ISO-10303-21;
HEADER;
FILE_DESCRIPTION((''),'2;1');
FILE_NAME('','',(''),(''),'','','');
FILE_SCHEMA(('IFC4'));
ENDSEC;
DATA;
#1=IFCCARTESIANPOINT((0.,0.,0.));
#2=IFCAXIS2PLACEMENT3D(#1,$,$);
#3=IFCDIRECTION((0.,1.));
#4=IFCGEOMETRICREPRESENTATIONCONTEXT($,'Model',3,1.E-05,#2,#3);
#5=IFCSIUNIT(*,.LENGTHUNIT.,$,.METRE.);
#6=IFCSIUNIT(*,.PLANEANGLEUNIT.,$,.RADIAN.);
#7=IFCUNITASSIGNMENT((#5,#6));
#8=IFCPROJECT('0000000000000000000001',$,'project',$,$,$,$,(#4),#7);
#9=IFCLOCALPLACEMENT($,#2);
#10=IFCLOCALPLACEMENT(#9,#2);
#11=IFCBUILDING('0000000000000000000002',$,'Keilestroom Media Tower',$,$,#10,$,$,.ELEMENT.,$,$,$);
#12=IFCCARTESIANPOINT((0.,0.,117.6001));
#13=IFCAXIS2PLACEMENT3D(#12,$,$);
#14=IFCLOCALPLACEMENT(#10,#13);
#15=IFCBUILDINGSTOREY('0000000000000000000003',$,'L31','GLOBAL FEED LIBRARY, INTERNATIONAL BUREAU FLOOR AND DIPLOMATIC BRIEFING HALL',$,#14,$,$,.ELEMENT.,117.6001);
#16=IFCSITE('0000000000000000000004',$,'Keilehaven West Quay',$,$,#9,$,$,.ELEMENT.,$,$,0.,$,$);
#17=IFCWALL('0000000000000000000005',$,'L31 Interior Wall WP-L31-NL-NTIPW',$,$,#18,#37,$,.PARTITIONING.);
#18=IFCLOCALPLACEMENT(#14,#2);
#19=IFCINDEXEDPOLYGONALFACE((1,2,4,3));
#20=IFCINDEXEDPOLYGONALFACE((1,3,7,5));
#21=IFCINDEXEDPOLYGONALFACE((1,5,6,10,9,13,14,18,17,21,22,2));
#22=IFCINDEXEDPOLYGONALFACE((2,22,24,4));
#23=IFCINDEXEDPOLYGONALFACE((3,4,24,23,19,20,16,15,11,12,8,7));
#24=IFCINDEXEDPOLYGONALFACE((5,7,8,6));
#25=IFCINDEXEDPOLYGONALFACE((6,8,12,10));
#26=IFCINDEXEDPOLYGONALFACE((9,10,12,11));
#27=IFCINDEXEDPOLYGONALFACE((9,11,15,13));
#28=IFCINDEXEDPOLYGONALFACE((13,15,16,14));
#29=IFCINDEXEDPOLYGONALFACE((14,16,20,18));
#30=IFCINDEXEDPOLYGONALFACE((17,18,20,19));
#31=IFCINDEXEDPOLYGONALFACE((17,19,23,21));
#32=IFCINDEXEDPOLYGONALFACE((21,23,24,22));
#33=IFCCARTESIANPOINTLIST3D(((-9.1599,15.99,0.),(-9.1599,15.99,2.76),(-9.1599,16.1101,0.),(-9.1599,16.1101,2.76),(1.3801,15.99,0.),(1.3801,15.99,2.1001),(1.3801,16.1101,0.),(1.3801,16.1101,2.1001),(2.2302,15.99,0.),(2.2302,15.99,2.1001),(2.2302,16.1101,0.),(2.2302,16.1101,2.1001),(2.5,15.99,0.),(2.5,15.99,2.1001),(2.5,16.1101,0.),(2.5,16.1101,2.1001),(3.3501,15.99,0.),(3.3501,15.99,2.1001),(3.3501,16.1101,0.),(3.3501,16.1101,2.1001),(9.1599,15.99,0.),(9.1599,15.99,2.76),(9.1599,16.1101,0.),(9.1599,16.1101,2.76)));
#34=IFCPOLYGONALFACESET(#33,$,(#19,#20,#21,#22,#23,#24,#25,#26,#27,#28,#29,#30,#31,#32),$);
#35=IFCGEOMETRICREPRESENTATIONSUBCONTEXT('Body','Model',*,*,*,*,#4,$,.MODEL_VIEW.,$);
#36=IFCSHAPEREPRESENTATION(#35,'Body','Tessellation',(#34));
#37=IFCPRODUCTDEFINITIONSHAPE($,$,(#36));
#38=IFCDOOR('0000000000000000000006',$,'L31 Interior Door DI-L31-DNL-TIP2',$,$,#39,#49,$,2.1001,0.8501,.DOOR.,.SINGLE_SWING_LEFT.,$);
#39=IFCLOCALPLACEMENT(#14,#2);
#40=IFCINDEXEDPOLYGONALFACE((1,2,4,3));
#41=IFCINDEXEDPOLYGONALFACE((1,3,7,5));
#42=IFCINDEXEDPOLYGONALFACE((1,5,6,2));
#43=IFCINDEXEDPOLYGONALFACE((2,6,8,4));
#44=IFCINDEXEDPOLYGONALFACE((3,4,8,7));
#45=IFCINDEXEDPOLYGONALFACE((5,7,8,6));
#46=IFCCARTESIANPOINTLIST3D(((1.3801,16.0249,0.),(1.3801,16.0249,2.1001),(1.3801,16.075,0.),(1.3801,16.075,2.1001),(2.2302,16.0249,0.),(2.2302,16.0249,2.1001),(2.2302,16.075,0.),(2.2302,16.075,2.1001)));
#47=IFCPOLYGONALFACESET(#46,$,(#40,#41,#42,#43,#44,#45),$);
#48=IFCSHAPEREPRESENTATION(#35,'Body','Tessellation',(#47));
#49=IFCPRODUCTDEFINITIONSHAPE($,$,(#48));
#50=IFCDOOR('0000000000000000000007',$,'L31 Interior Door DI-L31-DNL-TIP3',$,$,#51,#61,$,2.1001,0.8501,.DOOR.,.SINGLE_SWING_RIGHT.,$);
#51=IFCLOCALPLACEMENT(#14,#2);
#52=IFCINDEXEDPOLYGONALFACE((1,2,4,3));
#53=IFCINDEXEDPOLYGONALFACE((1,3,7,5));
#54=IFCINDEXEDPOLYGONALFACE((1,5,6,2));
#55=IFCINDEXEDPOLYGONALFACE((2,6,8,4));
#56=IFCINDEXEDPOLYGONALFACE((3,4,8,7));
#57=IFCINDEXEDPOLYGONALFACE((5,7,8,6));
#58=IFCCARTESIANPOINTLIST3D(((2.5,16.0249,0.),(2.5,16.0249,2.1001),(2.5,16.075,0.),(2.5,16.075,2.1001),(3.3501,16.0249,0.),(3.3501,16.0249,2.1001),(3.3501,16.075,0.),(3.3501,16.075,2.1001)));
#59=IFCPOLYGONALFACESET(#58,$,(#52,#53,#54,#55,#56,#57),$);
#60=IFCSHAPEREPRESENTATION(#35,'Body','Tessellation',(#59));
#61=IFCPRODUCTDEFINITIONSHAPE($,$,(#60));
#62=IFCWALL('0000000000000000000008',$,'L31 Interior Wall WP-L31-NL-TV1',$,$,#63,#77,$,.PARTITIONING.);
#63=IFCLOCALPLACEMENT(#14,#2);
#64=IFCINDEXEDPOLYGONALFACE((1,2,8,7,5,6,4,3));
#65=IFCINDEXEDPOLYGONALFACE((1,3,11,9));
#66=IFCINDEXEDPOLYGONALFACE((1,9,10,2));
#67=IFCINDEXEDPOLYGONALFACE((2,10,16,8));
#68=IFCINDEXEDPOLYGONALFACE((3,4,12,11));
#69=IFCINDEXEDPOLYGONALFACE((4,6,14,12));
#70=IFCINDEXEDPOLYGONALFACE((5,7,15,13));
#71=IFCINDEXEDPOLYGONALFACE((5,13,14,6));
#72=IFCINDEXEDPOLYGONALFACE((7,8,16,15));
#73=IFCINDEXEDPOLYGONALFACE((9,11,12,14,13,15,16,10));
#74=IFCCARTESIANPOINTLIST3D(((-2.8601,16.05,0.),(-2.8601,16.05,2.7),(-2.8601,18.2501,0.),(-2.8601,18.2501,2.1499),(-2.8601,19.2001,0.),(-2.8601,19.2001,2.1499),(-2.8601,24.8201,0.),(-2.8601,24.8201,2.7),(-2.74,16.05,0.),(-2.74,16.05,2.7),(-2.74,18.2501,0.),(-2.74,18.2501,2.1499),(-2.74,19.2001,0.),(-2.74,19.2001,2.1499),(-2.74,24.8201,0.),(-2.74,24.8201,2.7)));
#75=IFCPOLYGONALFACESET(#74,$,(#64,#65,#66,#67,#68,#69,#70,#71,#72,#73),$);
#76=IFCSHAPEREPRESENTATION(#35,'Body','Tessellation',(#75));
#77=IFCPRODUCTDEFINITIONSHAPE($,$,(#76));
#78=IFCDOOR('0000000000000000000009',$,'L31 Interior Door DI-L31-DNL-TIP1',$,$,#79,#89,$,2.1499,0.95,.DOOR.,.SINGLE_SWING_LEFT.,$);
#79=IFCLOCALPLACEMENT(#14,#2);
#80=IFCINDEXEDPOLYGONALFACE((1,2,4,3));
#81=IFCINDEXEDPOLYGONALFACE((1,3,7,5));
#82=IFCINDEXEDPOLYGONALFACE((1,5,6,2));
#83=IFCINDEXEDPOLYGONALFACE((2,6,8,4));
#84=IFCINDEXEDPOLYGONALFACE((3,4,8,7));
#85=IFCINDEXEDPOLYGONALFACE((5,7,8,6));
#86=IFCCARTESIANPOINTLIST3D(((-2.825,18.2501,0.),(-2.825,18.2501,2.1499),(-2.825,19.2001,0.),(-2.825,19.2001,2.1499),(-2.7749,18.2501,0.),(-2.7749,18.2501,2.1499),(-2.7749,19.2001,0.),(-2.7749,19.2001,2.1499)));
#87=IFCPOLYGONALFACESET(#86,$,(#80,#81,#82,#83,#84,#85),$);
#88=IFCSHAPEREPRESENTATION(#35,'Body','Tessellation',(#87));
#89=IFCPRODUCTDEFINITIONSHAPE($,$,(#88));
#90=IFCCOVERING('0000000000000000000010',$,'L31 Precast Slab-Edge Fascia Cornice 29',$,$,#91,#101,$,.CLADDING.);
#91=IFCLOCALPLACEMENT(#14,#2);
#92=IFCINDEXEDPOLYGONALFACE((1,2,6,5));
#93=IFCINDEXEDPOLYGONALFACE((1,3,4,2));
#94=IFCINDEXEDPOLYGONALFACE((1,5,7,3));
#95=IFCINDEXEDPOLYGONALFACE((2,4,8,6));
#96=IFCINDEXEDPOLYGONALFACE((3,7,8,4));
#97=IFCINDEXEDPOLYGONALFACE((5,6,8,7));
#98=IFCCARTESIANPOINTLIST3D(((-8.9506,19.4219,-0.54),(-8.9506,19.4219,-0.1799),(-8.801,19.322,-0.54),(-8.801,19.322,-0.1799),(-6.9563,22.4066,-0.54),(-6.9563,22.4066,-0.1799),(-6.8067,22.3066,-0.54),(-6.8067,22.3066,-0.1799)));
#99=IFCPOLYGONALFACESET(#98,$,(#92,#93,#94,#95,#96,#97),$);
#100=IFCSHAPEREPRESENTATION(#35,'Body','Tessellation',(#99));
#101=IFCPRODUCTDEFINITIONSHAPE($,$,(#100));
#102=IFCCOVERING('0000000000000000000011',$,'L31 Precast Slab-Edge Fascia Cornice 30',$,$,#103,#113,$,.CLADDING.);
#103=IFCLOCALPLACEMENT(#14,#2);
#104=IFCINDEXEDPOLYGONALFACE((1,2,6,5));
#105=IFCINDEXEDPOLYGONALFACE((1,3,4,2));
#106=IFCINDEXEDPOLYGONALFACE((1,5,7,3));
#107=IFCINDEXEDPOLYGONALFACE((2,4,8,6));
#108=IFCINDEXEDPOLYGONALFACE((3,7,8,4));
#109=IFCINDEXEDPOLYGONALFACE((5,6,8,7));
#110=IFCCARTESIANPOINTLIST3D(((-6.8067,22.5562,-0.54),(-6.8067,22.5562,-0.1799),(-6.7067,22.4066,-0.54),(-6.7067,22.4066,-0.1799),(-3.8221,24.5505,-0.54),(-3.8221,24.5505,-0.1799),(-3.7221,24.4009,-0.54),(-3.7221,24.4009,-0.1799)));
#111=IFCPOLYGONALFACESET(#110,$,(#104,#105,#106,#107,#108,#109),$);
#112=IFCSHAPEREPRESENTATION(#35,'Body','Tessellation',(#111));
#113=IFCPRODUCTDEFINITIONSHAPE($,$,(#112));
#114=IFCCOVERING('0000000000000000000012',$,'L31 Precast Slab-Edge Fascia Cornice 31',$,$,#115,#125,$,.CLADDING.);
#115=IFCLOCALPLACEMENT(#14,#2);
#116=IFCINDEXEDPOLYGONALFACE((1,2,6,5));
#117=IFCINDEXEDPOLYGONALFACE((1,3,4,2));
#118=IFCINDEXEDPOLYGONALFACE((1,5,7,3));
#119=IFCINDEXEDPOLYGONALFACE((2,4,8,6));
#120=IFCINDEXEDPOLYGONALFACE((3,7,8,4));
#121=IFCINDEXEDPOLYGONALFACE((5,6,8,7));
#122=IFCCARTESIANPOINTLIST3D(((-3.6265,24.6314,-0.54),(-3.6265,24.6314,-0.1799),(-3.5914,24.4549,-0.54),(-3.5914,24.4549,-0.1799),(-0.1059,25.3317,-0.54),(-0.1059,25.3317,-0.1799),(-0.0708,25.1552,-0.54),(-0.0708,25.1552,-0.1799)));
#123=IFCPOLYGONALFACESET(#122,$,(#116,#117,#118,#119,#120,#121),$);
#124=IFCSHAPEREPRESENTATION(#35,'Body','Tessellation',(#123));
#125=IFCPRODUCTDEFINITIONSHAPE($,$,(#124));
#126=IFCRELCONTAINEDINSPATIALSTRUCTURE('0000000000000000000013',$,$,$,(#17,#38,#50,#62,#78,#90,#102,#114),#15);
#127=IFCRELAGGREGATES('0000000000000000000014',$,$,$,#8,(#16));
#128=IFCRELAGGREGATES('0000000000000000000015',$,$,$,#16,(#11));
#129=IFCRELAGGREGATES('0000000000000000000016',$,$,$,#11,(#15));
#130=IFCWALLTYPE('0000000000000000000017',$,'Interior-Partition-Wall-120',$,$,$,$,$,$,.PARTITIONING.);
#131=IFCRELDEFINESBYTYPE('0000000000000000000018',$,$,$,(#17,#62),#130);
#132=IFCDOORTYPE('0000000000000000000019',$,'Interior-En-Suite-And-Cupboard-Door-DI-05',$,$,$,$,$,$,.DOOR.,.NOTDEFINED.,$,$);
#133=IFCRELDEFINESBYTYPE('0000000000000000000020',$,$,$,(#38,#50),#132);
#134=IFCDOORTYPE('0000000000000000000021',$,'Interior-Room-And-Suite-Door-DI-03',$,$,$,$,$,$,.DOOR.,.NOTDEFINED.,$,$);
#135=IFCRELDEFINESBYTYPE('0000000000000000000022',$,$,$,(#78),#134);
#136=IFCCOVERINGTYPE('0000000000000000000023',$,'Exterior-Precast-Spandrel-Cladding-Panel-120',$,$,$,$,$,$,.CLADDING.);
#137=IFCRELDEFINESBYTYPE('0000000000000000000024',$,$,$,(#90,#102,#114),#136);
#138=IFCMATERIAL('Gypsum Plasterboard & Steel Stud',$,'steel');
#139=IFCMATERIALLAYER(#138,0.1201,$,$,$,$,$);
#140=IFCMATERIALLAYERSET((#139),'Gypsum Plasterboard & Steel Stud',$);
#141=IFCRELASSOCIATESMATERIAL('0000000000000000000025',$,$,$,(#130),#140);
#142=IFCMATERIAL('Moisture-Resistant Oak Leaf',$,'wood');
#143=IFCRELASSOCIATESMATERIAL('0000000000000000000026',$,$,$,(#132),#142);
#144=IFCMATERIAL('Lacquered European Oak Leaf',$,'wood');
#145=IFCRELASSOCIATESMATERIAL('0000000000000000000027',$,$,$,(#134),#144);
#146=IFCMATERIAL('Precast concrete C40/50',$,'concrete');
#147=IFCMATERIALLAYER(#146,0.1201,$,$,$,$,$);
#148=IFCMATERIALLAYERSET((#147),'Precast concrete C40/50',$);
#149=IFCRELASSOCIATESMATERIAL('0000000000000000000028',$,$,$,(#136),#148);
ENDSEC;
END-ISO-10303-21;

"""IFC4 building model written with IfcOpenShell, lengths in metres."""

from ifc_helpers import new_model, si_unit, direction, frame, frame_2d, origin, origin_2d, place, context, subcontext, project, spatial, rectangle, extrude, source, transform, mapped, material, layer, layer_set, type_object, element, fill, save


model = new_model("IFC4")

# Units and contexts
model_context = context("Model", 3, precision=1e-05, world=origin(), true_north=direction((0.0, 1.0)))
body_context = subcontext(model_context, "Body", "Model", "MODEL_VIEW")
ifc_project = project(units=[si_unit("LENGTHUNIT", "METRE"), si_unit("PLANEANGLEUNIT", "RADIAN")], contexts=[model_context])

# Site, building, storey
site_placement = place(None, origin())
site = spatial("IfcSite", under=ifc_project, at=site_placement, Name="Keilehaven West Quay", CompositionType="ELEMENT", RefElevation=0.0)
building_placement = place(site_placement, origin())
building = spatial("IfcBuilding", under=site, at=building_placement, Name="Keilestroom Media Tower", CompositionType="ELEMENT")
storey_placement = place(building_placement, frame((0.0, 0.0, 117.6001)))
storey = spatial("IfcBuildingStorey", under=building, at=storey_placement, Name="L31", Description="GLOBAL FEED LIBRARY, INTERNATIONAL BUREAU FLOOR AND DIPLOMATIC BRIEFING HALL", CompositionType="ELEMENT", Elevation=117.6001)

# Shared definitions
ifc_material_1 = material(Name="Precast concrete C40/50", Category="concrete")

# Wall, openings, doors
ifc_material_2 = material(Name="Gypsum Plasterboard & Steel Stud", Category="steel")
ifc_layer_1 = layer(ifc_material_2, 0.1201)
ifc_layer_set_1 = layer_set([ifc_layer_1], Name="Gypsum Plasterboard & Steel Stud")
wall_type_1 = type_object("IfcWallType", Name="Interior-Partition-Wall-120", PredefinedType="PARTITIONING", material=ifc_layer_set_1)
wall_1_placement = place(storey_placement, frame((-9.1599, 16.05, 0.0), z_axis=(0.0, 0.0, 1.0), x_axis=(1.0, 0.0, 0.0)))
wall_1 = element("IfcWall", 1, at=wall_1_placement, inside=storey, type_object=wall_type_1, Name="L31 Interior Wall WP-L31-NL-NTIPW", PredefinedType="PARTITIONING", context=body_context, shape_type="SweptSolid", body=[
    extrude(rectangle(XDim=18.3198, YDim=0.1201, at=frame_2d((9.1599, 0.0))), origin(), (0.0, 0.0, 1.0), 2.76),
])
opening_1_placement = place(wall_1_placement, frame((10.54, 0.0, 0.0)))
opening_1 = element("IfcOpeningElement", 2, at=opening_1_placement, cuts=wall_1, PredefinedType="OPENING", context=body_context, shape_type="SweptSolid", body=[
    extrude(rectangle(XDim=0.8501, YDim=2.1001, at=frame_2d((0.425, 1.05))), frame((0.0, 0.0701, 0.0), z_axis=(0.0, -1.0, 0.0), x_axis=(1.0, 0.0, 0.0)), (0.0, 0.0, 1.0), 0.1401),
])
opening_2_placement = place(wall_1_placement, frame((11.6599, 0.0, 0.0)))
opening_2 = element("IfcOpeningElement", 3, at=opening_2_placement, cuts=wall_1, PredefinedType="OPENING", context=body_context, shape_type="SweptSolid", body=[
    extrude(rectangle(XDim=0.8501, YDim=2.1001, at=frame_2d((0.425, 1.05))), frame((0.0, 0.0701, 0.0), z_axis=(0.0, -1.0, 0.0), x_axis=(1.0, 0.0, 0.0)), (0.0, 0.0, 1.0), 0.1401),
])
ifc_material_3 = material(Name="Moisture-Resistant Oak Leaf", Category="wood")
door_type_1 = type_object("IfcDoorType", Name="Interior-En-Suite-And-Cupboard-Door-DI-05", OperationType="NOTDEFINED", PredefinedType="DOOR", material=ifc_material_3)
shared_shape_1 = source(origin(), body_context, "Body", "SweptSolid", [
    extrude(rectangle(XDim=0.8501, YDim=2.1001, at=frame_2d((0.425, 1.05))), frame((0.0, 0.0249, 0.0), z_axis=(0.0, -1.0, 0.0), x_axis=(1.0, 0.0, 0.0)), (0.0, 0.0, 1.0), 0.05),
])
door_1_placement = place(opening_1_placement, origin())
door_1 = element("IfcDoor", 4, at=door_1_placement, inside=storey, type_object=door_type_1, Name="L31 Interior Door DI-L31-DNL-TIP2", OperationType="SINGLE_SWING_LEFT", OverallHeight=2.1001, OverallWidth=0.8501, PredefinedType="DOOR", context=body_context, shape_type="MappedRepresentation", body=[
    mapped(shared_shape_1, transform((0.0, 0.0, 0.0), x_axis=(1.0, 0.0, 0.0), y_axis=(0.0, 1.0, 0.0), z_axis=(0.0, 0.0, 1.0), scale=1.0)),
])
fill(opening_1, door_1)
door_2_placement = place(opening_2_placement, origin())
door_2 = element("IfcDoor", 5, at=door_2_placement, inside=storey, type_object=door_type_1, Name="L31 Interior Door DI-L31-DNL-TIP3", OperationType="SINGLE_SWING_RIGHT", OverallHeight=2.1001, OverallWidth=0.8501, PredefinedType="DOOR", context=body_context, shape_type="MappedRepresentation", body=[
    mapped(shared_shape_1, transform((0.0, 0.0, 0.0), x_axis=(1.0, 0.0, 0.0), y_axis=(0.0, 1.0, 0.0), z_axis=(0.0, 0.0, 1.0), scale=1.0)),
])
fill(opening_2, door_2)

# Wall, opening, door
wall_2_placement = place(storey_placement, frame((-2.8, 16.05, 0.0), z_axis=(0.0, 0.0, 1.0), x_axis=(0.0, 1.0, 0.0)))
wall_2 = element("IfcWall", 6, at=wall_2_placement, inside=storey, type_object=wall_type_1, Name="L31 Interior Wall WP-L31-NL-TV1", PredefinedType="PARTITIONING", context=body_context, shape_type="SweptSolid", body=[
    extrude(rectangle(XDim=8.77, YDim=0.1201, at=frame_2d((4.385, 0.0))), origin(), (0.0, 0.0, 1.0), 2.7),
])
opening_3_placement = place(wall_2_placement, frame((2.2, 0.0, 0.0)))
opening_3 = element("IfcOpeningElement", 7, at=opening_3_placement, cuts=wall_2, PredefinedType="OPENING", context=body_context, shape_type="SweptSolid", body=[
    extrude(rectangle(XDim=0.95, YDim=2.1499, at=frame_2d((0.4751, 1.075))), frame((0.0, 0.0701, 0.0), z_axis=(0.0, -1.0, 0.0), x_axis=(1.0, 0.0, 0.0)), (0.0, 0.0, 1.0), 0.1401),
])
ifc_material_4 = material(Name="Lacquered European Oak Leaf", Category="wood")
door_type_2 = type_object("IfcDoorType", Name="Interior-Room-And-Suite-Door-DI-03", OperationType="NOTDEFINED", PredefinedType="DOOR", material=ifc_material_4)
shared_shape_2 = source(origin(), body_context, "Body", "SweptSolid", [
    extrude(rectangle(XDim=0.95, YDim=2.1499, at=frame_2d((0.4751, 1.075))), frame((0.0, 0.0249, 0.0), z_axis=(0.0, -1.0, 0.0), x_axis=(1.0, 0.0, 0.0)), (0.0, 0.0, 1.0), 0.05),
])
door_3_placement = place(opening_3_placement, origin())
door_3 = element("IfcDoor", 8, at=door_3_placement, inside=storey, type_object=door_type_2, Name="L31 Interior Door DI-L31-DNL-TIP1", OperationType="SINGLE_SWING_LEFT", OverallHeight=2.1499, OverallWidth=0.95, PredefinedType="DOOR", context=body_context, shape_type="MappedRepresentation", body=[
    mapped(shared_shape_2, transform((0.0, 0.0, 0.0), x_axis=(1.0, 0.0, 0.0), y_axis=(0.0, 1.0, 0.0), z_axis=(0.0, 0.0, 1.0), scale=1.0)),
])
fill(opening_3, door_3)

# Coverings
ifc_layer_2 = layer(ifc_material_1, 0.1201)
ifc_layer_set_2 = layer_set([ifc_layer_2], Name="Precast concrete C40/50")
covering_type = type_object("IfcCoveringType", Name="Exterior-Precast-Spandrel-Cladding-Panel-120", PredefinedType="CLADDING", material=ifc_layer_set_2)
shared_shape_3 = source(origin(), body_context, "Body", "SweptSolid", [
    extrude(rectangle(XDim=3.5896, YDim=0.1799, at=origin_2d()), origin(), (0.0, 0.0, 1.0), 0.3601),
])
for number, where, z_axis, x_axis, name in (
    (9, (-7.8787, 20.8643, -0.54), (0.0, 0.0, 1.0), (0.555575, 0.831467, 0.0), "L31 Precast Slab-Edge Fascia Cornice 29"),
    (10, (-5.2644, 23.4785, -0.54), (0.0, 0.0, 1.0), (0.831467, 0.555575, 0.0), "L31 Precast Slab-Edge Fascia Cornice 30"),
    (11, (-1.8486, 24.8933, -0.54), (0.0, 0.0, 1.0), (0.980784, 0.195099, 0.0), "L31 Precast Slab-Edge Fascia Cornice 31"),
):
    element("IfcCovering", number, at=place(storey_placement, frame(where, z_axis=z_axis, x_axis=x_axis)), inside=storey, type_object=covering_type, Name=name, PredefinedType="CLADDING", context=body_context, shape_type="MappedRepresentation", body=[
        mapped(shared_shape_3, transform((0.0, 0.0, 0.0), x_axis=(1.0, 0.0, 0.0), y_axis=(0.0, 1.0, 0.0), z_axis=(0.0, 0.0, 1.0), scale=1.0)),
    ])

save(model, "model.ifc")
